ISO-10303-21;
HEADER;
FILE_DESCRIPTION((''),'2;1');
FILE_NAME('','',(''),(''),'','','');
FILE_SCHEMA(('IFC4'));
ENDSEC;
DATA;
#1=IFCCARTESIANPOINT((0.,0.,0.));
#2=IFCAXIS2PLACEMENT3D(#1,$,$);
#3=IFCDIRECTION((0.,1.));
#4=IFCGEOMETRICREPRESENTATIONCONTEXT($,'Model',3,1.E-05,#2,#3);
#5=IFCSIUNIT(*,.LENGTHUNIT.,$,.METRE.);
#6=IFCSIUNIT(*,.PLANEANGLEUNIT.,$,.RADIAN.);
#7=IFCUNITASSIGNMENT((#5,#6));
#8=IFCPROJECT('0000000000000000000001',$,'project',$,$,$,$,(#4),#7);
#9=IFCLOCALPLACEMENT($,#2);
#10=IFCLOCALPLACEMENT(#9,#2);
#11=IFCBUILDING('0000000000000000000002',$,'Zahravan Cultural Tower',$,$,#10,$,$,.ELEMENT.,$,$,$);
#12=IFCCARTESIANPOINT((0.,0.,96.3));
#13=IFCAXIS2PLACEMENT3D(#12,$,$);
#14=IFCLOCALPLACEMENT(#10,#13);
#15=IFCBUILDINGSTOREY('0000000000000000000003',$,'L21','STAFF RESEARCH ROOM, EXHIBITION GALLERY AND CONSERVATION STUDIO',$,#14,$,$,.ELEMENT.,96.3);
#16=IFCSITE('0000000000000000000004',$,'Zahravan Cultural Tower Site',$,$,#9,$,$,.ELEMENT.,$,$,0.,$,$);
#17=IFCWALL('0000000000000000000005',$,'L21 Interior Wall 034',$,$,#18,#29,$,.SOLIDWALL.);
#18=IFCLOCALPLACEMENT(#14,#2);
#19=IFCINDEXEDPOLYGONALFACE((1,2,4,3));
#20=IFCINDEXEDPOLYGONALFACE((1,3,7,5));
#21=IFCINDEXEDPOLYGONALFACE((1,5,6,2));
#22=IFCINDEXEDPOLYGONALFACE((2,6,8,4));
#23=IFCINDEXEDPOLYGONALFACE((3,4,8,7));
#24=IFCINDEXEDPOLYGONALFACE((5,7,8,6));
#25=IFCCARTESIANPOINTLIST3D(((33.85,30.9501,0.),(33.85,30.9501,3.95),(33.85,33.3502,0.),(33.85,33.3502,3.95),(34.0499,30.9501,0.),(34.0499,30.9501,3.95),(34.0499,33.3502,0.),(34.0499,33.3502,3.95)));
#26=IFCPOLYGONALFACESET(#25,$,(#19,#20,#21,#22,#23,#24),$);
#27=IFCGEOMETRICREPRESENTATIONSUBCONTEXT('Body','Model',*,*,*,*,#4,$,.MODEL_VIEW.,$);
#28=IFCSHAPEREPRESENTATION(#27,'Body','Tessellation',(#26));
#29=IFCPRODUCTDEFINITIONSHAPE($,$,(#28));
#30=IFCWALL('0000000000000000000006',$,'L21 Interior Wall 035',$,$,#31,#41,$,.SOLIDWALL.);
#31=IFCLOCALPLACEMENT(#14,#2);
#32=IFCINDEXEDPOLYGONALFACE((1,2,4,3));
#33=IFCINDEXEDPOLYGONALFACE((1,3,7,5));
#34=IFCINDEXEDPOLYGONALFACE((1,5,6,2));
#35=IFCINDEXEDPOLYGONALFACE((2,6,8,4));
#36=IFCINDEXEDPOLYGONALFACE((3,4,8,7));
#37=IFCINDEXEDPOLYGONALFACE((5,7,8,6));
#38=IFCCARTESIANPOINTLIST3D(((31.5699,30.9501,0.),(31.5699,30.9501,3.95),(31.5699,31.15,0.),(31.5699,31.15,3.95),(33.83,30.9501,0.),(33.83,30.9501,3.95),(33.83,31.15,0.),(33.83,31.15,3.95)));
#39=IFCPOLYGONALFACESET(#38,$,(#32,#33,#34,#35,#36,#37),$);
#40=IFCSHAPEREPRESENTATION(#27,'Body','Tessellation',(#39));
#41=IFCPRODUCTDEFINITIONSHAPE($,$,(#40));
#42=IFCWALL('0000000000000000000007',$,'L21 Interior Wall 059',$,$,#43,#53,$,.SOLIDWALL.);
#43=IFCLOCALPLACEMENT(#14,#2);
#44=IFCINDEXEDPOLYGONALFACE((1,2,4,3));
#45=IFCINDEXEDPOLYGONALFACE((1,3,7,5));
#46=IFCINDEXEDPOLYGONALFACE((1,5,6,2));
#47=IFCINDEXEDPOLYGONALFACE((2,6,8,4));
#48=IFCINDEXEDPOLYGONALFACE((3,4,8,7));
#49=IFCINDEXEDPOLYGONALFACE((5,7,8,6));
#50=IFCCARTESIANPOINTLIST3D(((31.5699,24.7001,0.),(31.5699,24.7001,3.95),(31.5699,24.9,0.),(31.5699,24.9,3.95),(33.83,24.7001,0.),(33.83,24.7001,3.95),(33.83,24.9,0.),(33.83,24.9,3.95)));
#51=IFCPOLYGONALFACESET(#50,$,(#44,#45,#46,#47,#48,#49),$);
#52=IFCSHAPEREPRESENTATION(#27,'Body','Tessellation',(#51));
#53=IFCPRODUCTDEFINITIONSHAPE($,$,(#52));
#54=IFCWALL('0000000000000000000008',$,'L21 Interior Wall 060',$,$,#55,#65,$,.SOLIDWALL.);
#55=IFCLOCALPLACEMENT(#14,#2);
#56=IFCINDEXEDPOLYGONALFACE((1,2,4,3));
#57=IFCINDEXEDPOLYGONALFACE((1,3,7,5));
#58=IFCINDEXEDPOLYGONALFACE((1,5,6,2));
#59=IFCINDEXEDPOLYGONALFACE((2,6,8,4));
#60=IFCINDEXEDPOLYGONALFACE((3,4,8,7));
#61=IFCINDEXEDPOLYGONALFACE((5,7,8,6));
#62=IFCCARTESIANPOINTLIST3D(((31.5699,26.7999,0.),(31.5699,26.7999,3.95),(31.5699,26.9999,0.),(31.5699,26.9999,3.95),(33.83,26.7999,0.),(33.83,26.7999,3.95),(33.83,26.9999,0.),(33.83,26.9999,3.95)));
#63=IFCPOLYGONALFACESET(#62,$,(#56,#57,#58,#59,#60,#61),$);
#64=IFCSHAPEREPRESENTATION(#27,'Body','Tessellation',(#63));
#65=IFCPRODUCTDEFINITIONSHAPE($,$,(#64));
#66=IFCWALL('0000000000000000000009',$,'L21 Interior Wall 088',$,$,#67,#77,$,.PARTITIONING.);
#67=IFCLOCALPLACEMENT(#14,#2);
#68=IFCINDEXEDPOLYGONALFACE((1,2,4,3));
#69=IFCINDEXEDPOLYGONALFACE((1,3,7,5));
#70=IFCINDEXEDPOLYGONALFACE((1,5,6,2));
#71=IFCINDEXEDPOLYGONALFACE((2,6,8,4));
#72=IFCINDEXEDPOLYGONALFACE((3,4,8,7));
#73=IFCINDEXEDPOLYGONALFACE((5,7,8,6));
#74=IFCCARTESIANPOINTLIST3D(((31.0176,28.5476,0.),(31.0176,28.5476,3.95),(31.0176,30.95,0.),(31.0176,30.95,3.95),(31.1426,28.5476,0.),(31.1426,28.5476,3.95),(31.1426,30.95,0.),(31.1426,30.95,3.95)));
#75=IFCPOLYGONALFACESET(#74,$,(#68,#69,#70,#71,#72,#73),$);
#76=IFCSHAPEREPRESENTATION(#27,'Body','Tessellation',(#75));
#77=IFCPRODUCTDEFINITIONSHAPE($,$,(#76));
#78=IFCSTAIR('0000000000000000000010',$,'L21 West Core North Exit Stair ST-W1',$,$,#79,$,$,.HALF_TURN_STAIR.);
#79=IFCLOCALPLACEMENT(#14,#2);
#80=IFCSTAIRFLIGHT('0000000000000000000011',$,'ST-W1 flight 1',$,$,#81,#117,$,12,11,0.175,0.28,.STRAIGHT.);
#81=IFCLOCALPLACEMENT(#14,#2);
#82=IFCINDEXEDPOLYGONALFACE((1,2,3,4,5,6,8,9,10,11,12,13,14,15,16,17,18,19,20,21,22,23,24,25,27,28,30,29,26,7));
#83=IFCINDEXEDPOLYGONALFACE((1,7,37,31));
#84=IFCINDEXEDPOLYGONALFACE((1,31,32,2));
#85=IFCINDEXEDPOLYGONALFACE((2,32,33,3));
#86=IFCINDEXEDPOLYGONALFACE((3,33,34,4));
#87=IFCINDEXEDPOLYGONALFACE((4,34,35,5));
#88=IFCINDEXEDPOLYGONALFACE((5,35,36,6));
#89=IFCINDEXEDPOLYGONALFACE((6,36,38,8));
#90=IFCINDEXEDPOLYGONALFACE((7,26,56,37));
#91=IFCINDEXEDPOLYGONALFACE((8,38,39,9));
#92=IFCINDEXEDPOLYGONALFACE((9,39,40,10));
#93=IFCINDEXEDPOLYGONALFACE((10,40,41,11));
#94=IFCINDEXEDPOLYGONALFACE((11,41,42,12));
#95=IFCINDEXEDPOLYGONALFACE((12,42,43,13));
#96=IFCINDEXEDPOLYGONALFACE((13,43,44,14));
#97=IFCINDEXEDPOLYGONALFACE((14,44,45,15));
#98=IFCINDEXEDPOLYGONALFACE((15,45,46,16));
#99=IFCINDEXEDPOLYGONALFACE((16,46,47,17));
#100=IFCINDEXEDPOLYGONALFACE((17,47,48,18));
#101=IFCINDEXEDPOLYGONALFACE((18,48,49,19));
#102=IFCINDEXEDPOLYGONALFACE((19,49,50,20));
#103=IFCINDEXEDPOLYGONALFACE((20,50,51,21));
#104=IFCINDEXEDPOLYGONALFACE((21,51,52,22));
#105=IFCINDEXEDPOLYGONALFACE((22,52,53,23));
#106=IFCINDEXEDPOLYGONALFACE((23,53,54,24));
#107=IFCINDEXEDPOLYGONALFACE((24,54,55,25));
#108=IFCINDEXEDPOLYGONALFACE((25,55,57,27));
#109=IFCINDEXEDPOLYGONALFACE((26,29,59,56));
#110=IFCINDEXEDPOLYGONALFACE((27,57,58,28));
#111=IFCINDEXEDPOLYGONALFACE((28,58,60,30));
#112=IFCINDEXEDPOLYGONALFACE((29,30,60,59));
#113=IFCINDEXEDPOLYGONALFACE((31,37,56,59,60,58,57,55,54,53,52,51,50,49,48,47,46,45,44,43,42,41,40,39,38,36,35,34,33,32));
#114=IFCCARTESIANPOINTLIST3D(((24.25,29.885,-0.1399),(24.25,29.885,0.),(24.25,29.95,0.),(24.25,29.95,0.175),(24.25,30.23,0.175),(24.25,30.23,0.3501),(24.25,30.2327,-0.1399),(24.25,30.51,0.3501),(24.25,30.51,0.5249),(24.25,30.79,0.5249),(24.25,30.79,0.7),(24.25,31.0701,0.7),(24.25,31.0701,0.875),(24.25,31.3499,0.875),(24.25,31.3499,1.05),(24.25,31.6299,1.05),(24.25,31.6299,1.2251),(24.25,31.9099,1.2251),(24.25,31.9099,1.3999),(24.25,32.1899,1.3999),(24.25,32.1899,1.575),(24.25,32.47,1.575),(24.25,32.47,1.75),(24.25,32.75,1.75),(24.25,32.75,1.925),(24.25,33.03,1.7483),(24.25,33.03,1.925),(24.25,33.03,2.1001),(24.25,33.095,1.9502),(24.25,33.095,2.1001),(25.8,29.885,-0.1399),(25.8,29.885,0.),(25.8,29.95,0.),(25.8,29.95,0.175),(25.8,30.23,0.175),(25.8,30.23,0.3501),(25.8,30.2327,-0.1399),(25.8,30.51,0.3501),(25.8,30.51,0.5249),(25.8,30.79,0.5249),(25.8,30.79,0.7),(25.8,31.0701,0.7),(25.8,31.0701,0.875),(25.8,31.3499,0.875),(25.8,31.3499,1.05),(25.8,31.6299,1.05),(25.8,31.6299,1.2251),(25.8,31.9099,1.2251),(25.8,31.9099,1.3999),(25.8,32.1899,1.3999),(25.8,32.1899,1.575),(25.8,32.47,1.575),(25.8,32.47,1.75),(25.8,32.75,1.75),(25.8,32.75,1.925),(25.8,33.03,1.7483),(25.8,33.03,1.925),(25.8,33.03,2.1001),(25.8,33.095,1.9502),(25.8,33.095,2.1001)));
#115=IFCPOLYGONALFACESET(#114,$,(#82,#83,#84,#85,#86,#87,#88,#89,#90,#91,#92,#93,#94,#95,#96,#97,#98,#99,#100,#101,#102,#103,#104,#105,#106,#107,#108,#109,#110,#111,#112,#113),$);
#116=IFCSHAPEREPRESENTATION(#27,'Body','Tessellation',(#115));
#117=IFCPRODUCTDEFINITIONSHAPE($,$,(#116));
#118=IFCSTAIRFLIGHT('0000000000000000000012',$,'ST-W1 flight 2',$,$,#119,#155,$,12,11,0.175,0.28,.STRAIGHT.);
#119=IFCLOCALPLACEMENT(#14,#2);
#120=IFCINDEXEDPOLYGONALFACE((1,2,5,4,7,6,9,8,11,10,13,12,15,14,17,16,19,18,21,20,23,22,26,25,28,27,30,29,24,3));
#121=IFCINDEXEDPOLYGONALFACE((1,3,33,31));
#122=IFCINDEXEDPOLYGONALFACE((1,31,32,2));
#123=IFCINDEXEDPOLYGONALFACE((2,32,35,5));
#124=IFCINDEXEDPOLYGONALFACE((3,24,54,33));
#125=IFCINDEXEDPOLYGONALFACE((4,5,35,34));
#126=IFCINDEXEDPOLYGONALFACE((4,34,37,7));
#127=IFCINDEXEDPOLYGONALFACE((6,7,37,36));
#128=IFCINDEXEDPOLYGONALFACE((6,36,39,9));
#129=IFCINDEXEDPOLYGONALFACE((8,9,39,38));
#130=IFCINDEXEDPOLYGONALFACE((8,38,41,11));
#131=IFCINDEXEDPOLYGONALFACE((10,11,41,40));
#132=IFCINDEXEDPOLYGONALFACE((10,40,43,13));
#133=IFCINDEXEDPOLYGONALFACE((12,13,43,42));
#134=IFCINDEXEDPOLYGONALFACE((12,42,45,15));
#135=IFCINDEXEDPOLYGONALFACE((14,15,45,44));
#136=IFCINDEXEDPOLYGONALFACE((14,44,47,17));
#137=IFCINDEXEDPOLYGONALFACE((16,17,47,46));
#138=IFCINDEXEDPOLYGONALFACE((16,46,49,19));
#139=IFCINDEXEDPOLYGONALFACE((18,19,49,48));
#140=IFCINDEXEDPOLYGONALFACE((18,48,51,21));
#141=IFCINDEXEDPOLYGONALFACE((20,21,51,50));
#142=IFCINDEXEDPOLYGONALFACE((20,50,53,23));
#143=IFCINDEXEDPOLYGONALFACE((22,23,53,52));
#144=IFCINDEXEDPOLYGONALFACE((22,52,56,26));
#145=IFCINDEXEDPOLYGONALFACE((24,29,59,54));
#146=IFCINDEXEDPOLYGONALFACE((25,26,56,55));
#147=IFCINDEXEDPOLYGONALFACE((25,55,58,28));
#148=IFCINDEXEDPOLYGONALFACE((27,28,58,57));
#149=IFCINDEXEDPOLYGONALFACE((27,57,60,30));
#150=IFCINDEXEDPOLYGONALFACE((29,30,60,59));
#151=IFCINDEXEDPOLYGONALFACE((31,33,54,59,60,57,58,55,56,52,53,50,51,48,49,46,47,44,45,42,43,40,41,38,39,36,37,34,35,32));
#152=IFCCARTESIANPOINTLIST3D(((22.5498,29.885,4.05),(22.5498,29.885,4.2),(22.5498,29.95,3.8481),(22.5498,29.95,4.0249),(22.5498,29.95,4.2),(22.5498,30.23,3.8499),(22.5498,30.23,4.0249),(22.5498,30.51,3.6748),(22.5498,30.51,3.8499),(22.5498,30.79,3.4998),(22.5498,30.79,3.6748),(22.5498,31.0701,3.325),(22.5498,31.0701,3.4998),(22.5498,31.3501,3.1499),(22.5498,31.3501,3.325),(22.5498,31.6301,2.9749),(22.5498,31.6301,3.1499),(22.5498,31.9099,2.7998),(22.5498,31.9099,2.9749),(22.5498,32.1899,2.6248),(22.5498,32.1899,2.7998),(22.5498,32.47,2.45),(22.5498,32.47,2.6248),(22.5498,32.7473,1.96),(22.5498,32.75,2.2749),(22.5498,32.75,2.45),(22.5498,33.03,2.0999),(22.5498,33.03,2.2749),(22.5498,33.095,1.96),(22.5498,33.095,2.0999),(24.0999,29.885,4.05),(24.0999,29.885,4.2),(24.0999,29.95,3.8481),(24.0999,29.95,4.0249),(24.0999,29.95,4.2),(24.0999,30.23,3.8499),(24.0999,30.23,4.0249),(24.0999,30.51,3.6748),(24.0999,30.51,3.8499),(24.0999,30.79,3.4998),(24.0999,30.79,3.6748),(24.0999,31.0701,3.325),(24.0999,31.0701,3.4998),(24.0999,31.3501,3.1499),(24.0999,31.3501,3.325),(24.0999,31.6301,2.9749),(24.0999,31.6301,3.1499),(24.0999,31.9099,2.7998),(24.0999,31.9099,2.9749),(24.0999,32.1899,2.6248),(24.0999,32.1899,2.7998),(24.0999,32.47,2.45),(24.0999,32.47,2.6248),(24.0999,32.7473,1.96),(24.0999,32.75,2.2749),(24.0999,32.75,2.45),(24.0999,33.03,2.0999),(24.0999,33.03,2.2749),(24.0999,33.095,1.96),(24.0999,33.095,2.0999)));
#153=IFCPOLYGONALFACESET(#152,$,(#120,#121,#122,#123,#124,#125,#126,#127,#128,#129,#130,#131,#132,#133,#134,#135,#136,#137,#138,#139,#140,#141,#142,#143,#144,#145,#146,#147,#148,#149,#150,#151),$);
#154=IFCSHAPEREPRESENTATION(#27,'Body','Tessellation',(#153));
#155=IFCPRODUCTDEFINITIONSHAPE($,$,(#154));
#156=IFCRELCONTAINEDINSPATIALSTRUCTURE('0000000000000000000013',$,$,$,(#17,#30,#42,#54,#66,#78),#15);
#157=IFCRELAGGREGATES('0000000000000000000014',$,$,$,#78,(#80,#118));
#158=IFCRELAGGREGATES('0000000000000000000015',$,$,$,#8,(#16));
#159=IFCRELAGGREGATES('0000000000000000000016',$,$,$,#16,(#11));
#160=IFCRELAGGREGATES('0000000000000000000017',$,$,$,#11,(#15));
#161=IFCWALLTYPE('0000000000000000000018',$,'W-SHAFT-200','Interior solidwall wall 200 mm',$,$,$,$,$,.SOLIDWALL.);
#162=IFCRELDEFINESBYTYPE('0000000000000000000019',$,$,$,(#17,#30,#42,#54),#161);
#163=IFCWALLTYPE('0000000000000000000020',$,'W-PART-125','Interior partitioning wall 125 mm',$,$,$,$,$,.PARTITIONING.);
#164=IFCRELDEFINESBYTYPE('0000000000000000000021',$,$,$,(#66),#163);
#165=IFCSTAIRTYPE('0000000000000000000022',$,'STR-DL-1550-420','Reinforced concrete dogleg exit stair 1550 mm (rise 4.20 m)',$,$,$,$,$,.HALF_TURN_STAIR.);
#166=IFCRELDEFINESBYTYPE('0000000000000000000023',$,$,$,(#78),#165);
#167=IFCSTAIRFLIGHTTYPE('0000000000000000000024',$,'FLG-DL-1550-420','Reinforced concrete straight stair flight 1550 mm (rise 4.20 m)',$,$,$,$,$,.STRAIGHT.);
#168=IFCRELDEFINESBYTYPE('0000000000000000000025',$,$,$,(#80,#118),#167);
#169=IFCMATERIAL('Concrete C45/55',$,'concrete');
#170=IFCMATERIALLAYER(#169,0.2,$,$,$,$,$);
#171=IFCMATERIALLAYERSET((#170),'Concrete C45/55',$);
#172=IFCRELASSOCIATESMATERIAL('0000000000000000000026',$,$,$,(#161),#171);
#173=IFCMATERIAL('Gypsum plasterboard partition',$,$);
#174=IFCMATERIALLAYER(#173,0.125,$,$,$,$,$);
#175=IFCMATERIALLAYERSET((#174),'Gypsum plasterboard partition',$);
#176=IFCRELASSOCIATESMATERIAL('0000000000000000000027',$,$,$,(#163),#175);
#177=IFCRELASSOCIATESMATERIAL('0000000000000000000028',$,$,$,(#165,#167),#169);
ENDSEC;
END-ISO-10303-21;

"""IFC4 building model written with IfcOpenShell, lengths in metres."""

from ifc_helpers import new_model, si_unit, direction, frame, frame_2d, origin, place, context, subcontext, project, spatial, polyline, rectangle, outline, extrude, source, transform, mapped, material, layer, layer_set, type_object, element, aggregate, save


model = new_model("IFC4")

# Units and contexts
model_context = context("Model", 3, precision=1e-05, world=origin(), true_north=direction((0.0, 1.0)))
body_context = subcontext(model_context, "Body", "Model", "MODEL_VIEW")
ifc_project = project(units=[si_unit("LENGTHUNIT", "METRE"), si_unit("PLANEANGLEUNIT", "RADIAN")], contexts=[model_context])

# Site, building, storey
site_placement = place(None, origin())
site = spatial("IfcSite", under=ifc_project, at=site_placement, Name="Zahravan Cultural Tower Site", CompositionType="ELEMENT", RefElevation=0.0)
building_placement = place(site_placement, origin())
building = spatial("IfcBuilding", under=site, at=building_placement, Name="Zahravan Cultural Tower", CompositionType="ELEMENT")
storey_placement = place(building_placement, frame((0.0, 0.0, 96.3)))
storey = spatial("IfcBuildingStorey", under=building, at=storey_placement, Name="L21", Description="STAFF RESEARCH ROOM, EXHIBITION GALLERY AND CONSERVATION STUDIO", CompositionType="ELEMENT", Elevation=96.3)

# Shared definitions
ifc_material_1 = material(Name="Concrete C45/55", Category="concrete")
ifc_layer_1 = layer(ifc_material_1, 0.2)
ifc_layer_set_1 = layer_set([ifc_layer_1], Name="Concrete C45/55")
wall_type_1 = type_object("IfcWallType", Name="W-SHAFT-200", Description="Interior solidwall wall 200 mm", PredefinedType="SOLIDWALL", material=ifc_layer_set_1)

# Walls
shared_shape_1 = source(origin(), body_context, "Body", "SweptSolid", [
    extrude(rectangle(XDim=2.4001, YDim=0.2, at=frame_2d((1.2002, 0.0))), origin(), (0.0, 0.0, 1.0), 3.95),
])
for number, where, z_axis, x_axis, name in (
    (1, (33.95, 30.95, 0.0), (0.0, 0.0, 1.0), (0.0, 1.0, 0.0), "L21 Interior Wall 034"),
):
    element("IfcWall", number, at=place(storey_placement, frame(where, z_axis=z_axis, x_axis=x_axis)), inside=storey, type_object=wall_type_1, Name=name, PredefinedType="SOLIDWALL", context=body_context, shape_type="MappedRepresentation", body=[
        mapped(shared_shape_1, transform((0.0, 0.0, 0.0), x_axis=(1.0, 0.0, 0.0), y_axis=(0.0, 1.0, 0.0), z_axis=(0.0, 0.0, 1.0), scale=1.0)),
    ])
shared_shape_2 = source(origin(), body_context, "Body", "SweptSolid", [
    extrude(rectangle(XDim=2.26, YDim=0.2, at=frame_2d((1.1299, 0.0))), origin(), (0.0, 0.0, 1.0), 3.95),
])
for number, where, z_axis, x_axis, name in (
    (2, (31.5701, 31.05, 0.0), (0.0, 0.0, 1.0), (1.0, 0.0, 0.0), "L21 Interior Wall 035"),
    (3, (31.5701, 24.8, 0.0), (0.0, 0.0, 1.0), (1.0, 0.0, 0.0), "L21 Interior Wall 059"),
    (4, (31.5701, 26.8999, 0.0), (0.0, 0.0, 1.0), (1.0, 0.0, 0.0), "L21 Interior Wall 060"),
):
    element("IfcWall", number, at=place(storey_placement, frame(where, z_axis=z_axis, x_axis=x_axis)), inside=storey, type_object=wall_type_1, Name=name, PredefinedType="SOLIDWALL", context=body_context, shape_type="MappedRepresentation", body=[
        mapped(shared_shape_2, transform((0.0, 0.0, 0.0), x_axis=(1.0, 0.0, 0.0), y_axis=(0.0, 1.0, 0.0), z_axis=(0.0, 0.0, 1.0), scale=1.0)),
    ])
ifc_material_2 = material(Name="Gypsum plasterboard partition")
ifc_layer_2 = layer(ifc_material_2, 0.125)
ifc_layer_set_2 = layer_set([ifc_layer_2], Name="Gypsum plasterboard partition")
wall_type_2 = type_object("IfcWallType", Name="W-PART-125", Description="Interior partitioning wall 125 mm", PredefinedType="PARTITIONING", material=ifc_layer_set_2)
shared_shape_3 = source(origin(), body_context, "Body", "SweptSolid", [
    extrude(rectangle(XDim=2.4023, YDim=0.125, at=frame_2d((1.2012, 0.0))), origin(), (0.0, 0.0, 1.0), 3.95),
])
wall_1_placement = place(storey_placement, frame((31.0801, 28.5476, 0.0), z_axis=(0.0, 0.0, 1.0), x_axis=(0.0, 1.0, 0.0)))
element("IfcWall", 5, at=wall_1_placement, inside=storey, type_object=wall_type_2, Name="L21 Interior Wall 088", PredefinedType="PARTITIONING", context=body_context, shape_type="MappedRepresentation", body=[
    mapped(shared_shape_3, transform((0.0, 0.0, 0.0), x_axis=(1.0, 0.0, 0.0), y_axis=(0.0, 1.0, 0.0), z_axis=(0.0, 0.0, 1.0), scale=1.0)),
])

# Stair, stair flights
stair_type = type_object("IfcStairType", Name="STR-DL-1550-420", Description="Reinforced concrete dogleg exit stair 1550 mm (rise 4.20 m)", PredefinedType="HALF_TURN_STAIR", material=ifc_material_1)
stair_placement = place(storey_placement, origin())
stair = element("IfcStair", 6, at=stair_placement, inside=storey, type_object=stair_type, Name="L21 West Core North Exit Stair ST-W1", PredefinedType="HALF_TURN_STAIR")
stair_flight_type = type_object("IfcStairFlightType", Name="FLG-DL-1550-420", Description="Reinforced concrete straight stair flight 1550 mm (rise 4.20 m)", PredefinedType="STRAIGHT", material=ifc_material_1)
stair_flight_1_placement = place(storey_placement, frame((25.0249, 29.95, 0.0), z_axis=(0.0, 0.0, 1.0), x_axis=(0.0, 1.0, 0.0)))
stair_flight_1 = element("IfcStairFlight", 7, at=stair_flight_1_placement, type_object=stair_flight_type, Name="ST-W1 flight 1", NumberOfRisers=12, NumberOfTreads=11, PredefinedType="STRAIGHT", RiserHeight=0.175, TreadLength=0.28, context=body_context, shape_type="SweptSolid", body=[
    extrude(outline(polyline([(-0.0649, -0.1399), (-0.0649, 0.0), (0.0, 0.0), (0.0, 0.175), (0.28, 0.175), (0.28, 0.3501), (0.5601, 0.3501), (0.5601, 0.5249), (0.8401, 0.5249), (0.8401, 0.7), (1.1201, 0.7), (1.1201, 0.875), (1.3999, 0.875), (1.3999, 1.05), (1.6799, 1.05), (1.6799, 1.2251), (1.96, 1.2251), (1.96, 1.3999), (2.24, 1.3999), (2.24, 1.575), (2.52, 1.575), (2.52, 1.75), (2.8, 1.75), (2.8, 1.925), (3.0801, 1.925), (3.0801, 2.1001), (3.145, 2.1001), (3.145, 1.9502), (3.0801, 1.7483), (0.2827, -0.1399), (-0.0649, -0.1399)])), frame((0.0, 0.7749, 0.0), z_axis=(0.0, -1.0, 0.0), x_axis=(1.0, 0.0, 0.0)), (0.0, 0.0, 1.0), 1.55),
])
stair_flight_2_placement = place(storey_placement, frame((23.325, 33.03, 2.0999), z_axis=(0.0, 0.0, 1.0), x_axis=(0.0, -1.0, 0.0)))
stair_flight_2 = element("IfcStairFlight", 8, at=stair_flight_2_placement, type_object=stair_flight_type, Name="ST-W1 flight 2", NumberOfRisers=12, NumberOfTreads=11, PredefinedType="STRAIGHT", RiserHeight=0.175, TreadLength=0.28, context=body_context, shape_type="SweptSolid", body=[
    extrude(outline(polyline([(-0.0649, -0.1399), (-0.0649, 0.0), (0.0, 0.0), (0.0, 0.175), (0.28, 0.175), (0.28, 0.3501), (0.5601, 0.3501), (0.5601, 0.5249), (0.8401, 0.5249), (0.8401, 0.7), (1.1201, 0.7), (1.1201, 0.875), (1.3999, 0.875), (1.3999, 1.05), (1.6799, 1.05), (1.6799, 1.2251), (1.96, 1.2251), (1.96, 1.3999), (2.24, 1.3999), (2.24, 1.575), (2.52, 1.575), (2.52, 1.75), (2.8, 1.75), (2.8, 1.925), (3.0801, 1.925), (3.0801, 2.1001), (3.145, 2.1001), (3.145, 1.9502), (3.0801, 1.7483), (0.2827, -0.1399), (-0.0649, -0.1399)])), frame((0.0, 0.7749, 0.0), z_axis=(0.0, -1.0, 0.0), x_axis=(1.0, 0.0, 0.0)), (0.0, 0.0, 1.0), 1.55),
])
aggregate(stair, [stair_flight_1, stair_flight_2])

save(model, "model.ifc")
